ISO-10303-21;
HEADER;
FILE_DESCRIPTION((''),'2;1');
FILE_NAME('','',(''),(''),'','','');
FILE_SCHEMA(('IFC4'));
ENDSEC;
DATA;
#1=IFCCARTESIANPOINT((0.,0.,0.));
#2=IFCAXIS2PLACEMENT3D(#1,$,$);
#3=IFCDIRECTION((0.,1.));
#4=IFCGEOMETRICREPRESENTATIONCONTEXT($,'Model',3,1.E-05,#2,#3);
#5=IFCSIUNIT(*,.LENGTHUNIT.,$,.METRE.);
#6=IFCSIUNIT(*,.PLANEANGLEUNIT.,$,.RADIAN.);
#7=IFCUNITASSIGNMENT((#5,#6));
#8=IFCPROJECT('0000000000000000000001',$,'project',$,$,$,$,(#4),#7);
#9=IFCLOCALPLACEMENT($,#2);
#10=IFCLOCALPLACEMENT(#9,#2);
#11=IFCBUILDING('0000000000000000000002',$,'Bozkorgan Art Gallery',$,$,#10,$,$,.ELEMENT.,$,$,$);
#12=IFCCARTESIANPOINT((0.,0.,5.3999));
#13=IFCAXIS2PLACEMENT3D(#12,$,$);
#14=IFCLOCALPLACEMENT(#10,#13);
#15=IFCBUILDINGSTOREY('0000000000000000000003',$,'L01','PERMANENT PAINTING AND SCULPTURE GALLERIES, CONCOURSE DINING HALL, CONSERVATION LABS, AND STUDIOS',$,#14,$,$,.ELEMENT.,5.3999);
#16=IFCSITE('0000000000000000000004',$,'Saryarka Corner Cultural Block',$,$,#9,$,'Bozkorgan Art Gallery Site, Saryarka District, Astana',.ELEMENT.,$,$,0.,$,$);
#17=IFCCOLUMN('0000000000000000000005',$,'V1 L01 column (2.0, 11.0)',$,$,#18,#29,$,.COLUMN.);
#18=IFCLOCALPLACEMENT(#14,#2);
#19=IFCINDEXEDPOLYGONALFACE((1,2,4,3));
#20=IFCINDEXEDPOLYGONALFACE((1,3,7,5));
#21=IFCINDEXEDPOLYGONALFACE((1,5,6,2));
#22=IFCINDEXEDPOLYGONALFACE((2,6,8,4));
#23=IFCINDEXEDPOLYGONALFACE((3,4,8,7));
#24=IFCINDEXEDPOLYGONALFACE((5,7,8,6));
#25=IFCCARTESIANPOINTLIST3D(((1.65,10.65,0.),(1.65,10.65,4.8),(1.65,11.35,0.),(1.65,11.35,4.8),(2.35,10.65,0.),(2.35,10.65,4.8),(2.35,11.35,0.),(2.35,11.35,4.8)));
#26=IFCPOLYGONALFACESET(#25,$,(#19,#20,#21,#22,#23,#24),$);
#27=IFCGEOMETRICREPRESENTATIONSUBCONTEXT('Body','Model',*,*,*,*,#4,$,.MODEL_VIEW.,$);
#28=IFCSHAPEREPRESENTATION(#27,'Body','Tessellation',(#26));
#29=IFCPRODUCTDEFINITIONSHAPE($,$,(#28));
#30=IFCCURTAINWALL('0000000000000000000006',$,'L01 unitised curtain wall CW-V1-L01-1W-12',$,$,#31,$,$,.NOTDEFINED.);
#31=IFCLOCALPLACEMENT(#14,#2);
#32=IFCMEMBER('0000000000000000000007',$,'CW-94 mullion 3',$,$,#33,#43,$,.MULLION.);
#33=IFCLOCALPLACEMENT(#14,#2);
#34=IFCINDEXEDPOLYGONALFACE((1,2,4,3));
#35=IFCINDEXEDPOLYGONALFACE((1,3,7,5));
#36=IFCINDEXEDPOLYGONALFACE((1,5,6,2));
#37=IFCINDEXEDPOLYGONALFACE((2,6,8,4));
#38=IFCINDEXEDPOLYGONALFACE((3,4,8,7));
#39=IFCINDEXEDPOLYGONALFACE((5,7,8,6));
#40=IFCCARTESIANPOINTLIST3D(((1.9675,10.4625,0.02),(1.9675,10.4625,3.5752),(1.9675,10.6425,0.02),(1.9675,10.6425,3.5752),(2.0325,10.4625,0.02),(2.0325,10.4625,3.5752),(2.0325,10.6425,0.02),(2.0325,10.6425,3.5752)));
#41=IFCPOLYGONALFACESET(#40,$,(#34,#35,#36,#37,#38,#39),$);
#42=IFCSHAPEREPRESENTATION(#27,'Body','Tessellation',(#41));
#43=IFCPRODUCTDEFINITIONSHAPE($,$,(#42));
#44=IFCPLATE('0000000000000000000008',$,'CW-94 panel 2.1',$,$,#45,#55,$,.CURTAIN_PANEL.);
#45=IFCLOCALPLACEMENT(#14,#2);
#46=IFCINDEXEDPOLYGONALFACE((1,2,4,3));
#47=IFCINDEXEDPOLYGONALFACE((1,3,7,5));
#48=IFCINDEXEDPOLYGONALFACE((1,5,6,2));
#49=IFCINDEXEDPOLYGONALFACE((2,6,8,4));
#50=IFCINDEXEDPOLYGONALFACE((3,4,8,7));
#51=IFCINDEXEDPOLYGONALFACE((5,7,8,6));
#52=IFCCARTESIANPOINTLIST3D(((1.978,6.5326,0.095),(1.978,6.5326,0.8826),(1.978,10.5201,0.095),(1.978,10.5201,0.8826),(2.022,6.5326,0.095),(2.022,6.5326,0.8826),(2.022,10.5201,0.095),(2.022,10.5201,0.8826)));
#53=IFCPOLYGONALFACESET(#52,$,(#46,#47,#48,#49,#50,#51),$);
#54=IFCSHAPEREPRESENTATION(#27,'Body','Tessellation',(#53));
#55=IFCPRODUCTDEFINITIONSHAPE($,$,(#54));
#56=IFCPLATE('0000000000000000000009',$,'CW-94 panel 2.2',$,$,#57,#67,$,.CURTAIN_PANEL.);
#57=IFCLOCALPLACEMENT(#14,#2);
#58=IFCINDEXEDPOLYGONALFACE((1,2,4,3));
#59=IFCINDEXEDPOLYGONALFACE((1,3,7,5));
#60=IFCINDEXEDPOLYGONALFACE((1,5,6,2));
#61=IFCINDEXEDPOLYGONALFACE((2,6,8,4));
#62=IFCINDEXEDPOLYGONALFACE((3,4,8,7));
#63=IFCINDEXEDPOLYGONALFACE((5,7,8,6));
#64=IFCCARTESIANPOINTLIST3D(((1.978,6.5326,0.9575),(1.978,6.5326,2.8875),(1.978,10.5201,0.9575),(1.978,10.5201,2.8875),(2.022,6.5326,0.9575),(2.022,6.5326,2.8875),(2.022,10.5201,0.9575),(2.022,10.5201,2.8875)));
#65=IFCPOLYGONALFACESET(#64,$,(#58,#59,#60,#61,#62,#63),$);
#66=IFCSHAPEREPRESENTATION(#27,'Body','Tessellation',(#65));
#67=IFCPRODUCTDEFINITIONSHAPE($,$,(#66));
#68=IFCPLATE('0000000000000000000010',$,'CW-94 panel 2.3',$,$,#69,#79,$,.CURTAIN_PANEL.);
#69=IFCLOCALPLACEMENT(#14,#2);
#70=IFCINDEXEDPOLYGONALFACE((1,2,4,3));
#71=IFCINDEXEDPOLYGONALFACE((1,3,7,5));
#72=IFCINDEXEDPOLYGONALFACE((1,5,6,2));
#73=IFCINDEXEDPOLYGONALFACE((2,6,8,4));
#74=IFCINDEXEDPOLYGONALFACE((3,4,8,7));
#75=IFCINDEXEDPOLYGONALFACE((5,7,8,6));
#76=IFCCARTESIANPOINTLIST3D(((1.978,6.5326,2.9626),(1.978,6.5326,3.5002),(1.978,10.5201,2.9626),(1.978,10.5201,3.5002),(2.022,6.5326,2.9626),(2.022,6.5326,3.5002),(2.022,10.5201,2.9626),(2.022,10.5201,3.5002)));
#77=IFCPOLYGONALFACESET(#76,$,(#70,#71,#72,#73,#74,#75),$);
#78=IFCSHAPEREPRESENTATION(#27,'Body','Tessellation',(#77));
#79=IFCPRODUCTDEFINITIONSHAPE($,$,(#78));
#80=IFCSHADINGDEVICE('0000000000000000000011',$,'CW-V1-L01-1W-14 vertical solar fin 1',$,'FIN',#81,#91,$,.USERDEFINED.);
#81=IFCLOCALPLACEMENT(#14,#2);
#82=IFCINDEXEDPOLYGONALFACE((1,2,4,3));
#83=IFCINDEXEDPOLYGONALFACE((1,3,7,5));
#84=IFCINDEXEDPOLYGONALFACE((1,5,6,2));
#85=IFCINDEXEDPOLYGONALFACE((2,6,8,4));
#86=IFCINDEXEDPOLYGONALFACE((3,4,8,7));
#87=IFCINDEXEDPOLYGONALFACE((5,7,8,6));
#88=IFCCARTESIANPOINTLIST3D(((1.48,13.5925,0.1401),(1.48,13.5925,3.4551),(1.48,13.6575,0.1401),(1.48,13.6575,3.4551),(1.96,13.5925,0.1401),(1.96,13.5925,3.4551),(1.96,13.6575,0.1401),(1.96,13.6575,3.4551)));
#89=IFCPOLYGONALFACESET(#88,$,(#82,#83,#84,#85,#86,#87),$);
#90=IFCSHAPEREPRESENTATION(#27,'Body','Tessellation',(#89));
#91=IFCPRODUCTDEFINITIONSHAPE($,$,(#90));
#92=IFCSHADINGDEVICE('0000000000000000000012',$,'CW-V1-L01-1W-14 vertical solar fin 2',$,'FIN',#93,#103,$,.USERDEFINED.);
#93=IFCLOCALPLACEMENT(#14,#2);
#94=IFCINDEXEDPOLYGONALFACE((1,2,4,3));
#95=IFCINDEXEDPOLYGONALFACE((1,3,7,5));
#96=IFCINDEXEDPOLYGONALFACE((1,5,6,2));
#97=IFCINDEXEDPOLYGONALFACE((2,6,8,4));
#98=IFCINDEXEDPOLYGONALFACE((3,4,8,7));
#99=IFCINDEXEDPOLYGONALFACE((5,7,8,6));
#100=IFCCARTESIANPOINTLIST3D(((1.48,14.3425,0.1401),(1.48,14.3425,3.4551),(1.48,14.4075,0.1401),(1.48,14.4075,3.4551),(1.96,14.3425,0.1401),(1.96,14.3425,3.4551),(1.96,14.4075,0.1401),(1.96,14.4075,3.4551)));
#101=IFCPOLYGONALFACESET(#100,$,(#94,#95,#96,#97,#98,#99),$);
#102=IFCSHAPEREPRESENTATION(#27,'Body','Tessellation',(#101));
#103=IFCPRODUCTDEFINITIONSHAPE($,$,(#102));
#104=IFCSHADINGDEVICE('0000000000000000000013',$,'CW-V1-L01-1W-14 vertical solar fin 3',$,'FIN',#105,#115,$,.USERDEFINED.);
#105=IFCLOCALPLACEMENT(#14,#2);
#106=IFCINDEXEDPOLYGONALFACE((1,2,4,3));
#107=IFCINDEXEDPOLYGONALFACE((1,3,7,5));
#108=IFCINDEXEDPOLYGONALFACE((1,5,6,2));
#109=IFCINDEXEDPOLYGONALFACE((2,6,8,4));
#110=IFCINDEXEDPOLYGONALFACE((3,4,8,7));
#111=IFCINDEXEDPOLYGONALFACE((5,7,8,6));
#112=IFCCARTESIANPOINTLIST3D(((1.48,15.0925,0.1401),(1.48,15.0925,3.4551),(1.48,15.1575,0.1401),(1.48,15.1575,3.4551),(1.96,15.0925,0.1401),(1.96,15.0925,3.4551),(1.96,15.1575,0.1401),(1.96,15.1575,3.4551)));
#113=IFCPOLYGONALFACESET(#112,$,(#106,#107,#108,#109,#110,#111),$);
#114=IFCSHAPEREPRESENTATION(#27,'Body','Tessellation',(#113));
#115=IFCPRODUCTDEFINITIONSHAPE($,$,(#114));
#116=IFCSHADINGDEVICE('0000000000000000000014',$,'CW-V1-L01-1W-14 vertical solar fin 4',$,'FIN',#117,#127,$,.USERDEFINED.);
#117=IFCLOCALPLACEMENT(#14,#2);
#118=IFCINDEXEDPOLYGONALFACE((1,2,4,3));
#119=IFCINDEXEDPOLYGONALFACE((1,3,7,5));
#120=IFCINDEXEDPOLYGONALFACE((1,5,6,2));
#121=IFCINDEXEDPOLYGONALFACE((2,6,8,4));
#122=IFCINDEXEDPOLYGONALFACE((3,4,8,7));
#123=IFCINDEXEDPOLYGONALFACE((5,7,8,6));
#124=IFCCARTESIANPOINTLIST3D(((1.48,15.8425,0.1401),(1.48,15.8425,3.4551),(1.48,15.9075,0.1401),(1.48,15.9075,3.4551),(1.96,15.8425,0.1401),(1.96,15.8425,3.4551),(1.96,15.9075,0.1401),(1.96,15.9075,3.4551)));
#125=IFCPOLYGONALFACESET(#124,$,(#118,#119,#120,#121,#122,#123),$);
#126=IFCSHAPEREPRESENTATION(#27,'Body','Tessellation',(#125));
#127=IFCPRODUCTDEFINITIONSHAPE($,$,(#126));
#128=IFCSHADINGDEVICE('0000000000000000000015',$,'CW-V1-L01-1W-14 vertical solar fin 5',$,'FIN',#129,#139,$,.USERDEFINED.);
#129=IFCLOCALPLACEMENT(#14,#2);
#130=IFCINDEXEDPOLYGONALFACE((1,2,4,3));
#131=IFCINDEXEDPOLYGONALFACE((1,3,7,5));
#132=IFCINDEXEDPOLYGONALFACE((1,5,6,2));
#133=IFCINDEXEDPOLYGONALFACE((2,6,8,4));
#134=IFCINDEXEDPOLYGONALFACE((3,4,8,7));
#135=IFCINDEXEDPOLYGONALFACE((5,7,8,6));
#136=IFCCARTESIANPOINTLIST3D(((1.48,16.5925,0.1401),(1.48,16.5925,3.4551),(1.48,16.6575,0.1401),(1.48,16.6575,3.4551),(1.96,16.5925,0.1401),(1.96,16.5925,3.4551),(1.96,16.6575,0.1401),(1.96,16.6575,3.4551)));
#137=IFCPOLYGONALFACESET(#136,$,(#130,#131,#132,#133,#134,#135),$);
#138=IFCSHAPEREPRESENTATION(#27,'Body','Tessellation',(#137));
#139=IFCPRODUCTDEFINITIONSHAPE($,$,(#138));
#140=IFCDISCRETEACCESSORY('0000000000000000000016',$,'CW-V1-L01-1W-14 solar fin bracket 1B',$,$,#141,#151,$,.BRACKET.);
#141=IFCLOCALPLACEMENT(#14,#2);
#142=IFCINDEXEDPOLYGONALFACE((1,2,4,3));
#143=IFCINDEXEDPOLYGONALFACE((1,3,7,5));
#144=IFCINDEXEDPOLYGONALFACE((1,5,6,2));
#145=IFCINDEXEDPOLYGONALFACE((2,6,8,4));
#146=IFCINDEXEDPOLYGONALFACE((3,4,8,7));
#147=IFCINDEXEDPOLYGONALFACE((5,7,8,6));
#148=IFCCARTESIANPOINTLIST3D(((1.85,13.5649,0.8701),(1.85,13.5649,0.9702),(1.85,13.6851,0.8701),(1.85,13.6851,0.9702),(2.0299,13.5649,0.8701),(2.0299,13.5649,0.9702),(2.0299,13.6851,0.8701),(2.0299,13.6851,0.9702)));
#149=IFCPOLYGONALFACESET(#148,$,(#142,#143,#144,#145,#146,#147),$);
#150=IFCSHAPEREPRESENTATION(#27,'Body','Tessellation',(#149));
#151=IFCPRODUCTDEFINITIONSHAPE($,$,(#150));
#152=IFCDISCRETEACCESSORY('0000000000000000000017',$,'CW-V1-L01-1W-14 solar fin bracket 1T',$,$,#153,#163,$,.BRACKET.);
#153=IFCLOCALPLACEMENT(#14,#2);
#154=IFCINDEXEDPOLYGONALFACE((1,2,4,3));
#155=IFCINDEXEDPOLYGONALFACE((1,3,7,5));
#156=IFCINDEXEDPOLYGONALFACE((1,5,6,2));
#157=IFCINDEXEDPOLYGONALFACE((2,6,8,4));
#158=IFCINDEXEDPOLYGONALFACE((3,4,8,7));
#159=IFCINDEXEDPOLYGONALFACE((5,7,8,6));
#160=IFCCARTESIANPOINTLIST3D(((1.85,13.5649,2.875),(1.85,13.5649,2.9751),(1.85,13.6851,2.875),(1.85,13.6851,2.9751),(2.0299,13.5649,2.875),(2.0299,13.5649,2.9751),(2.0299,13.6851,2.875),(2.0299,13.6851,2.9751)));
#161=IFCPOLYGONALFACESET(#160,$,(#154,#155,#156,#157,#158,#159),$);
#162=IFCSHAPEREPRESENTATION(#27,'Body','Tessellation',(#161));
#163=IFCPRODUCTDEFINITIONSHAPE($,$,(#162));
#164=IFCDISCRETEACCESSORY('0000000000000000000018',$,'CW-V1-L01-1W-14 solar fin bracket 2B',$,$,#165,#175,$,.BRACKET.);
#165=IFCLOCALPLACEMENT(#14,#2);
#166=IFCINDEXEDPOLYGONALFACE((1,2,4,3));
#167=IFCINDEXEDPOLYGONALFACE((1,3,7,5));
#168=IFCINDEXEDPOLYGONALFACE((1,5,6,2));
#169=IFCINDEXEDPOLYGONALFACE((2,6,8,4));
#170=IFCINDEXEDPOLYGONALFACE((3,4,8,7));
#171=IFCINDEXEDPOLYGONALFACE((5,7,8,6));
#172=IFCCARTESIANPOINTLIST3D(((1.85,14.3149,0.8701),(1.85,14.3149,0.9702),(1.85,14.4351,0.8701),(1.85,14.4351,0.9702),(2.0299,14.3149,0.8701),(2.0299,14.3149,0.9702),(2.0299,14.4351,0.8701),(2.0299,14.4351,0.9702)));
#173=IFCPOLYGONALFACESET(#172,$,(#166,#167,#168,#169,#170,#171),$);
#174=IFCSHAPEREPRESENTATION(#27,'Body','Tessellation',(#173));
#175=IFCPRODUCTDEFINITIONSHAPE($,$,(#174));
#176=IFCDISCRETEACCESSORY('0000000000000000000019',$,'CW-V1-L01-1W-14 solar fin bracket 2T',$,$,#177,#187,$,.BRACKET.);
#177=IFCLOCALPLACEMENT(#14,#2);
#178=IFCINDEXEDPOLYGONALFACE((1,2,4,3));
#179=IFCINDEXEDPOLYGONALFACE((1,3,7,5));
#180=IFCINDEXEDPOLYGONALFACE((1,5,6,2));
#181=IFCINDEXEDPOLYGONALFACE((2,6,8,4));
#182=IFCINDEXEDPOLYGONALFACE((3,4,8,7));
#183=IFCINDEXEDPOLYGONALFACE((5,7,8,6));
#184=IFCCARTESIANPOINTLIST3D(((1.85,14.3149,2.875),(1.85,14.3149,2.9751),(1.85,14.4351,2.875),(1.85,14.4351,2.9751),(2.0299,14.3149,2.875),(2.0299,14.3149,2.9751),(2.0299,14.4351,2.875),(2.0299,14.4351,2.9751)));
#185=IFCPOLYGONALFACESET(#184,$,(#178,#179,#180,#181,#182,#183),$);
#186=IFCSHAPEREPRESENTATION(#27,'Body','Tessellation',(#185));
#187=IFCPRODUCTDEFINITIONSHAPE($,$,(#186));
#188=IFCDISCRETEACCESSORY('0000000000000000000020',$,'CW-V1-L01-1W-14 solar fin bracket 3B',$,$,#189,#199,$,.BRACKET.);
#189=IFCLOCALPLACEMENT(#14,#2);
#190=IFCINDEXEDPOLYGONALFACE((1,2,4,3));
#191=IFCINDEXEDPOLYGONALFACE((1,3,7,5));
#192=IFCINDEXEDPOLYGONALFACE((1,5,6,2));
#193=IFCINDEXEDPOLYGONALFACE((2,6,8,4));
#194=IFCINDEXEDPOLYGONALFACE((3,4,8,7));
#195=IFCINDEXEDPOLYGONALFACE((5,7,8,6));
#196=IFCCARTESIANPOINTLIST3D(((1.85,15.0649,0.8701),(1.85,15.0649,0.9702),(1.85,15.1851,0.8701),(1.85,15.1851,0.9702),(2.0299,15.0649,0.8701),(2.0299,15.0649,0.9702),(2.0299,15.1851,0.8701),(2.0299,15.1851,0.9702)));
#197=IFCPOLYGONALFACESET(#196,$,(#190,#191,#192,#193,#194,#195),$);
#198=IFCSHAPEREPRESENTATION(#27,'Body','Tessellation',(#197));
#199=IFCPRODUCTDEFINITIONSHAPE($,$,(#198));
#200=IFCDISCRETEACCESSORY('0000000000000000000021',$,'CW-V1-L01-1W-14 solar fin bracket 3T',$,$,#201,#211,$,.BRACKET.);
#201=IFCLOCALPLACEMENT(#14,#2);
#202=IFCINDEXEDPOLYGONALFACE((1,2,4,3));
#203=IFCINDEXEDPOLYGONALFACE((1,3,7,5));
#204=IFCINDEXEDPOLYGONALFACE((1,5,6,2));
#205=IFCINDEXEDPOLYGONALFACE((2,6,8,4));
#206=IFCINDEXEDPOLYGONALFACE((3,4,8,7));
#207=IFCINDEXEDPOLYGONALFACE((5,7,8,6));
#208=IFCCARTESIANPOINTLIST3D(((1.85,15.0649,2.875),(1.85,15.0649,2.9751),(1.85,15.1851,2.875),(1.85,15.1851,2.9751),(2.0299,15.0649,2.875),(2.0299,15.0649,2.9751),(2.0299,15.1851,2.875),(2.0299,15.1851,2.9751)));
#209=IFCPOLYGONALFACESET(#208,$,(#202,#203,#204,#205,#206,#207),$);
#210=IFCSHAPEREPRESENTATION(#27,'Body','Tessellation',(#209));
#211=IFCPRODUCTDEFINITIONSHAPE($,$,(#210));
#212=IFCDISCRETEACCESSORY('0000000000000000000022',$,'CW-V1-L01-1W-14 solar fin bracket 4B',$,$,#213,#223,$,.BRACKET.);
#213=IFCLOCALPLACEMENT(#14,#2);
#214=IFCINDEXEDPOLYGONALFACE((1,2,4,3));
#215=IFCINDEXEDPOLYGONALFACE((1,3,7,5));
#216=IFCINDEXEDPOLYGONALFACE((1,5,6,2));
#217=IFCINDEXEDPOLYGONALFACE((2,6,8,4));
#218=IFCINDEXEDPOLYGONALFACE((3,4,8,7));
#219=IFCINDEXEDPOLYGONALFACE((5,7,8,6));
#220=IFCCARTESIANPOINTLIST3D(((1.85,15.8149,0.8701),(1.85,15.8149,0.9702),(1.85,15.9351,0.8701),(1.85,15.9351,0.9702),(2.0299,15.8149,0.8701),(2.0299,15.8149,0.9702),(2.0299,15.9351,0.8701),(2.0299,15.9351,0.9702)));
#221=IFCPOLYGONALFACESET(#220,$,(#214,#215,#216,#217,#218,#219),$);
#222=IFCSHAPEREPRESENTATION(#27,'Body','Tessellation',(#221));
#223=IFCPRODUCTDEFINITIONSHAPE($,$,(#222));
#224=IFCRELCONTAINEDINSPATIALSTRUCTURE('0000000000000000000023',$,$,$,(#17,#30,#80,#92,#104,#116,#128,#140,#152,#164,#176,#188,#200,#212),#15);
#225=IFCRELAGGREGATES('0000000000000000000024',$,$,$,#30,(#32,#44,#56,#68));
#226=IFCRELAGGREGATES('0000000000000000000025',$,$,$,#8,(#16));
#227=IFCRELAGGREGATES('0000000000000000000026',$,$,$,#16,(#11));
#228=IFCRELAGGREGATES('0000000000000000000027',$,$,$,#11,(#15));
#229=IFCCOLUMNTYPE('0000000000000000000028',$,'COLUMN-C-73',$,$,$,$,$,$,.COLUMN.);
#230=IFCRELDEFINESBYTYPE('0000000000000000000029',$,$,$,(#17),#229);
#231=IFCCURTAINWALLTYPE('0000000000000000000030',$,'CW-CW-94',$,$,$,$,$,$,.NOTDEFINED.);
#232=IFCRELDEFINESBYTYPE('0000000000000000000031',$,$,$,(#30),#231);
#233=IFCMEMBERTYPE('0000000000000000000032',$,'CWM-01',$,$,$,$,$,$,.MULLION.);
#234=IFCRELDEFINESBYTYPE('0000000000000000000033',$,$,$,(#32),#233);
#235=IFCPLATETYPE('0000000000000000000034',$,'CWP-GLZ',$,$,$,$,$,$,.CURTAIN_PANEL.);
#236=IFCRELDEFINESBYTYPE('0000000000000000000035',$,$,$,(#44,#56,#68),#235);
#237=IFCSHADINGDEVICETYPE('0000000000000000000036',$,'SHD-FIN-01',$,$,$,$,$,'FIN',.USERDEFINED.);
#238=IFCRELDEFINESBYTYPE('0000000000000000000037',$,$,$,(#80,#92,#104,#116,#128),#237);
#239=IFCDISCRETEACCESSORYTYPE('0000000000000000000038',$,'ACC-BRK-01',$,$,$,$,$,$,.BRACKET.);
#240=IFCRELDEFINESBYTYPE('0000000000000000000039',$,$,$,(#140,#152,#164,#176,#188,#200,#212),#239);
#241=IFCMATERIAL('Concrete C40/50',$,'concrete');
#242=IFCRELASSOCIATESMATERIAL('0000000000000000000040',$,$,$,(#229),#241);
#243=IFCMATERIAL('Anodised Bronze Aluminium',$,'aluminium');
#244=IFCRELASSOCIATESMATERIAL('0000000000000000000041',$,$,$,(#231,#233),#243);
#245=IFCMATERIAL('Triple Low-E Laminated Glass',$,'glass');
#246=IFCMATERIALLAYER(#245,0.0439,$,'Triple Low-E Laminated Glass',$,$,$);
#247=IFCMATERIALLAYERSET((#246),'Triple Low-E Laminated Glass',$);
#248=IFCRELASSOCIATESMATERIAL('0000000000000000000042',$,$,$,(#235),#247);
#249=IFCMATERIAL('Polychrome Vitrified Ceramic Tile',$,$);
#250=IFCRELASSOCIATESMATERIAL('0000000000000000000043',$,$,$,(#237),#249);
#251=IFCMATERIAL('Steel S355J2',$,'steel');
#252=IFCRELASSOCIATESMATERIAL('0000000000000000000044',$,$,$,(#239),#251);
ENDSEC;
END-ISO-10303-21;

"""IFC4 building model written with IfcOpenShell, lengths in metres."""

from ifc_helpers import new_model, si_unit, direction, frame, origin, origin_2d, place, context, subcontext, project, spatial, rectangle, extrude, material, layer, layer_set, material_profile, profile_set, type_object, element, aggregate, save


model = new_model("IFC4")

# Units and contexts
model_context = context("Model", 3, precision=1e-05, world=origin(), true_north=direction((0.0, 1.0)))
body_context = subcontext(model_context, "Body", "Model", "MODEL_VIEW")
ifc_project = project(units=[si_unit("LENGTHUNIT", "METRE"), si_unit("PLANEANGLEUNIT", "RADIAN")], contexts=[model_context])

# Site, building, storey
site_placement = place(None, origin())
site = spatial("IfcSite", under=ifc_project, at=site_placement, Name="Saryarka Corner Cultural Block", LongName="Bozkorgan Art Gallery Site, Saryarka District, Astana", CompositionType="ELEMENT", RefElevation=0.0)
building_placement = place(site_placement, origin())
building = spatial("IfcBuilding", under=site, at=building_placement, Name="Bozkorgan Art Gallery", CompositionType="ELEMENT")
storey_placement = place(building_placement, frame((0.0, 0.0, 5.3999)))
storey = spatial("IfcBuildingStorey", under=building, at=storey_placement, Name="L01", Description="PERMANENT PAINTING AND SCULPTURE GALLERIES, CONCOURSE DINING HALL, CONSERVATION LABS, AND STUDIOS", CompositionType="ELEMENT", Elevation=5.3999)

# Column
ifc_material_1 = material(Name="Concrete C40/50", Category="concrete")
ifc_material_profile_1 = material_profile(ifc_material_1, rectangle(XDim=0.7, YDim=0.7, at=origin_2d()), Name="RC 700x700")
ifc_profile_set_1 = profile_set([ifc_material_profile_1], Name="Concrete C40/50")
column_type = type_object("IfcColumnType", Name="COLUMN-C-73", PredefinedType="COLUMN", material=ifc_profile_set_1)
column_placement = place(storey_placement, frame((2.0, 11.0, 0.0), z_axis=(0.0, 0.0, 1.0), x_axis=(1.0, 0.0, 0.0)))
element("IfcColumn", 1, at=column_placement, inside=storey, type_object=column_type, Name="V1 L01 column (2.0, 11.0)", PredefinedType="COLUMN", context=body_context, shape_type="SweptSolid", body=[
    extrude(rectangle(XDim=0.7, YDim=0.7, at=origin_2d()), origin(), (0.0, 0.0, 1.0), 4.8),
])

# Curtain wall, member, plates
ifc_material_2 = material(Name="Anodised Bronze Aluminium", Category="aluminium")
curtain_wall_type = type_object("IfcCurtainWallType", Name="CW-CW-94", PredefinedType="NOTDEFINED", material=ifc_material_2)
curtain_wall_placement = place(storey_placement, origin())
curtain_wall = element("IfcCurtainWall", 2, at=curtain_wall_placement, inside=storey, type_object=curtain_wall_type, Name="L01 unitised curtain wall CW-V1-L01-1W-12", PredefinedType="NOTDEFINED")
ifc_material_profile_2 = material_profile(ifc_material_2, rectangle(XDim=0.0649, YDim=0.1799, at=origin_2d()), Name="ALU MULLION 65x180")
ifc_profile_set_2 = profile_set([ifc_material_profile_2], Name="Anodised Bronze Aluminium")
member_type = type_object("IfcMemberType", Name="CWM-01", PredefinedType="MULLION", material=ifc_profile_set_2)
member_placement = place(storey_placement, frame((2.0, 10.5525, 0.02), z_axis=(0.0, 0.0, 1.0), x_axis=(-1.0, 0.0, 0.0)))
member = element("IfcMember", 3, at=member_placement, type_object=member_type, Name="CW-94 mullion 3", PredefinedType="MULLION", context=body_context, shape_type="SweptSolid", body=[
    extrude(rectangle(XDim=0.0649, YDim=0.1799, at=origin_2d()), origin(), (0.0, 0.0, 1.0), 3.5552),
])
ifc_material_3 = material(Name="Triple Low-E Laminated Glass", Category="glass")
ifc_layer = layer(ifc_material_3, 0.0439, Name="Triple Low-E Laminated Glass")
ifc_layer_set = layer_set([ifc_layer], Name="Triple Low-E Laminated Glass")
plate_type = type_object("IfcPlateType", Name="CWP-GLZ", PredefinedType="CURTAIN_PANEL", material=ifc_layer_set)
plate_1_placement = place(storey_placement, frame((2.0, 8.5264, 0.095), z_axis=(0.0, 0.0, 1.0), x_axis=(0.0, 1.0, 0.0)))
plate_1 = element("IfcPlate", 4, at=plate_1_placement, type_object=plate_type, Name="CW-94 panel 2.1", PredefinedType="CURTAIN_PANEL", context=body_context, shape_type="SweptSolid", body=[
    extrude(rectangle(XDim=3.9875, YDim=0.0439, at=origin_2d()), origin(), (0.0, 0.0, 1.0), 0.7876),
])
plate_2_placement = place(storey_placement, frame((2.0, 8.5264, 0.9575), z_axis=(0.0, 0.0, 1.0), x_axis=(0.0, 1.0, 0.0)))
plate_2 = element("IfcPlate", 5, at=plate_2_placement, type_object=plate_type, Name="CW-94 panel 2.2", PredefinedType="CURTAIN_PANEL", context=body_context, shape_type="SweptSolid", body=[
    extrude(rectangle(XDim=3.9875, YDim=0.0439, at=origin_2d()), origin(), (0.0, 0.0, 1.0), 1.9299),
])
plate_3_placement = place(storey_placement, frame((2.0, 8.5264, 2.9626), z_axis=(0.0, 0.0, 1.0), x_axis=(0.0, 1.0, 0.0)))
plate_3 = element("IfcPlate", 6, at=plate_3_placement, type_object=plate_type, Name="CW-94 panel 2.3", PredefinedType="CURTAIN_PANEL", context=body_context, shape_type="SweptSolid", body=[
    extrude(rectangle(XDim=3.9875, YDim=0.0439, at=origin_2d()), origin(), (0.0, 0.0, 1.0), 0.5376),
])
aggregate(curtain_wall, [member, plate_1, plate_2, plate_3])

# Shading devices
ifc_material_4 = material(Name="Polychrome Vitrified Ceramic Tile")
shading_device_type = type_object("IfcShadingDeviceType", Name="SHD-FIN-01", ElementType="FIN", PredefinedType="USERDEFINED", material=ifc_material_4)
for number, where, z_axis, x_axis, name in (
    (7, (1.72, 13.625, 0.1401), (0.0, 0.0, 1.0), (-1.0, 0.0, 0.0), "CW-V1-L01-1W-14 vertical solar fin 1"),
    (8, (1.72, 14.375, 0.1401), (0.0, 0.0, 1.0), (-1.0, 0.0, 0.0), "CW-V1-L01-1W-14 vertical solar fin 2"),
    (9, (1.72, 15.125, 0.1401), (0.0, 0.0, 1.0), (-1.0, 0.0, 0.0), "CW-V1-L01-1W-14 vertical solar fin 3"),
    (10, (1.72, 15.875, 0.1401), (0.0, 0.0, 1.0), (-1.0, 0.0, 0.0), "CW-V1-L01-1W-14 vertical solar fin 4"),
    (11, (1.72, 16.625, 0.1401), (0.0, 0.0, 1.0), (-1.0, 0.0, 0.0), "CW-V1-L01-1W-14 vertical solar fin 5"),
):
    element("IfcShadingDevice", number, at=place(storey_placement, frame(where, z_axis=z_axis, x_axis=x_axis)), inside=storey, type_object=shading_device_type, Name=name, ObjectType="FIN", PredefinedType="USERDEFINED", context=body_context, shape_type="SweptSolid", body=[
        extrude(rectangle(XDim=0.48, YDim=0.0649, at=origin_2d()), origin(), (0.0, 0.0, 1.0), 3.3149),
    ])

# Discrete accessories
ifc_material_5 = material(Name="Steel S355J2", Category="steel")
discrete_accessory_type = type_object("IfcDiscreteAccessoryType", Name="ACC-BRK-01", PredefinedType="BRACKET", material=ifc_material_5)
for number, where, z_axis, x_axis, name in (
    (12, (1.9399, 13.625, 0.8701), (0.0, 0.0, 1.0), (-1.0, 0.0, 0.0), "CW-V1-L01-1W-14 solar fin bracket 1B"),
    (13, (1.9399, 13.625, 2.875), (0.0, 0.0, 1.0), (-1.0, 0.0, 0.0), "CW-V1-L01-1W-14 solar fin bracket 1T"),
    (14, (1.9399, 14.375, 0.8701), (0.0, 0.0, 1.0), (-1.0, 0.0, 0.0), "CW-V1-L01-1W-14 solar fin bracket 2B"),
    (15, (1.9399, 14.375, 2.875), (0.0, 0.0, 1.0), (-1.0, 0.0, 0.0), "CW-V1-L01-1W-14 solar fin bracket 2T"),
    (16, (1.9399, 15.125, 0.8701), (0.0, 0.0, 1.0), (-1.0, 0.0, 0.0), "CW-V1-L01-1W-14 solar fin bracket 3B"),
    (17, (1.9399, 15.125, 2.875), (0.0, 0.0, 1.0), (-1.0, 0.0, 0.0), "CW-V1-L01-1W-14 solar fin bracket 3T"),
    (18, (1.9399, 15.875, 0.8701), (0.0, 0.0, 1.0), (-1.0, 0.0, 0.0), "CW-V1-L01-1W-14 solar fin bracket 4B"),
):
    element("IfcDiscreteAccessory", number, at=place(storey_placement, frame(where, z_axis=z_axis, x_axis=x_axis)), inside=storey, type_object=discrete_accessory_type, Name=name, PredefinedType="BRACKET", context=body_context, shape_type="SweptSolid", body=[
        extrude(rectangle(XDim=0.1799, YDim=0.1201, at=origin_2d()), origin(), (0.0, 0.0, 1.0), 0.1001),
    ])

save(model, "model.ifc")
